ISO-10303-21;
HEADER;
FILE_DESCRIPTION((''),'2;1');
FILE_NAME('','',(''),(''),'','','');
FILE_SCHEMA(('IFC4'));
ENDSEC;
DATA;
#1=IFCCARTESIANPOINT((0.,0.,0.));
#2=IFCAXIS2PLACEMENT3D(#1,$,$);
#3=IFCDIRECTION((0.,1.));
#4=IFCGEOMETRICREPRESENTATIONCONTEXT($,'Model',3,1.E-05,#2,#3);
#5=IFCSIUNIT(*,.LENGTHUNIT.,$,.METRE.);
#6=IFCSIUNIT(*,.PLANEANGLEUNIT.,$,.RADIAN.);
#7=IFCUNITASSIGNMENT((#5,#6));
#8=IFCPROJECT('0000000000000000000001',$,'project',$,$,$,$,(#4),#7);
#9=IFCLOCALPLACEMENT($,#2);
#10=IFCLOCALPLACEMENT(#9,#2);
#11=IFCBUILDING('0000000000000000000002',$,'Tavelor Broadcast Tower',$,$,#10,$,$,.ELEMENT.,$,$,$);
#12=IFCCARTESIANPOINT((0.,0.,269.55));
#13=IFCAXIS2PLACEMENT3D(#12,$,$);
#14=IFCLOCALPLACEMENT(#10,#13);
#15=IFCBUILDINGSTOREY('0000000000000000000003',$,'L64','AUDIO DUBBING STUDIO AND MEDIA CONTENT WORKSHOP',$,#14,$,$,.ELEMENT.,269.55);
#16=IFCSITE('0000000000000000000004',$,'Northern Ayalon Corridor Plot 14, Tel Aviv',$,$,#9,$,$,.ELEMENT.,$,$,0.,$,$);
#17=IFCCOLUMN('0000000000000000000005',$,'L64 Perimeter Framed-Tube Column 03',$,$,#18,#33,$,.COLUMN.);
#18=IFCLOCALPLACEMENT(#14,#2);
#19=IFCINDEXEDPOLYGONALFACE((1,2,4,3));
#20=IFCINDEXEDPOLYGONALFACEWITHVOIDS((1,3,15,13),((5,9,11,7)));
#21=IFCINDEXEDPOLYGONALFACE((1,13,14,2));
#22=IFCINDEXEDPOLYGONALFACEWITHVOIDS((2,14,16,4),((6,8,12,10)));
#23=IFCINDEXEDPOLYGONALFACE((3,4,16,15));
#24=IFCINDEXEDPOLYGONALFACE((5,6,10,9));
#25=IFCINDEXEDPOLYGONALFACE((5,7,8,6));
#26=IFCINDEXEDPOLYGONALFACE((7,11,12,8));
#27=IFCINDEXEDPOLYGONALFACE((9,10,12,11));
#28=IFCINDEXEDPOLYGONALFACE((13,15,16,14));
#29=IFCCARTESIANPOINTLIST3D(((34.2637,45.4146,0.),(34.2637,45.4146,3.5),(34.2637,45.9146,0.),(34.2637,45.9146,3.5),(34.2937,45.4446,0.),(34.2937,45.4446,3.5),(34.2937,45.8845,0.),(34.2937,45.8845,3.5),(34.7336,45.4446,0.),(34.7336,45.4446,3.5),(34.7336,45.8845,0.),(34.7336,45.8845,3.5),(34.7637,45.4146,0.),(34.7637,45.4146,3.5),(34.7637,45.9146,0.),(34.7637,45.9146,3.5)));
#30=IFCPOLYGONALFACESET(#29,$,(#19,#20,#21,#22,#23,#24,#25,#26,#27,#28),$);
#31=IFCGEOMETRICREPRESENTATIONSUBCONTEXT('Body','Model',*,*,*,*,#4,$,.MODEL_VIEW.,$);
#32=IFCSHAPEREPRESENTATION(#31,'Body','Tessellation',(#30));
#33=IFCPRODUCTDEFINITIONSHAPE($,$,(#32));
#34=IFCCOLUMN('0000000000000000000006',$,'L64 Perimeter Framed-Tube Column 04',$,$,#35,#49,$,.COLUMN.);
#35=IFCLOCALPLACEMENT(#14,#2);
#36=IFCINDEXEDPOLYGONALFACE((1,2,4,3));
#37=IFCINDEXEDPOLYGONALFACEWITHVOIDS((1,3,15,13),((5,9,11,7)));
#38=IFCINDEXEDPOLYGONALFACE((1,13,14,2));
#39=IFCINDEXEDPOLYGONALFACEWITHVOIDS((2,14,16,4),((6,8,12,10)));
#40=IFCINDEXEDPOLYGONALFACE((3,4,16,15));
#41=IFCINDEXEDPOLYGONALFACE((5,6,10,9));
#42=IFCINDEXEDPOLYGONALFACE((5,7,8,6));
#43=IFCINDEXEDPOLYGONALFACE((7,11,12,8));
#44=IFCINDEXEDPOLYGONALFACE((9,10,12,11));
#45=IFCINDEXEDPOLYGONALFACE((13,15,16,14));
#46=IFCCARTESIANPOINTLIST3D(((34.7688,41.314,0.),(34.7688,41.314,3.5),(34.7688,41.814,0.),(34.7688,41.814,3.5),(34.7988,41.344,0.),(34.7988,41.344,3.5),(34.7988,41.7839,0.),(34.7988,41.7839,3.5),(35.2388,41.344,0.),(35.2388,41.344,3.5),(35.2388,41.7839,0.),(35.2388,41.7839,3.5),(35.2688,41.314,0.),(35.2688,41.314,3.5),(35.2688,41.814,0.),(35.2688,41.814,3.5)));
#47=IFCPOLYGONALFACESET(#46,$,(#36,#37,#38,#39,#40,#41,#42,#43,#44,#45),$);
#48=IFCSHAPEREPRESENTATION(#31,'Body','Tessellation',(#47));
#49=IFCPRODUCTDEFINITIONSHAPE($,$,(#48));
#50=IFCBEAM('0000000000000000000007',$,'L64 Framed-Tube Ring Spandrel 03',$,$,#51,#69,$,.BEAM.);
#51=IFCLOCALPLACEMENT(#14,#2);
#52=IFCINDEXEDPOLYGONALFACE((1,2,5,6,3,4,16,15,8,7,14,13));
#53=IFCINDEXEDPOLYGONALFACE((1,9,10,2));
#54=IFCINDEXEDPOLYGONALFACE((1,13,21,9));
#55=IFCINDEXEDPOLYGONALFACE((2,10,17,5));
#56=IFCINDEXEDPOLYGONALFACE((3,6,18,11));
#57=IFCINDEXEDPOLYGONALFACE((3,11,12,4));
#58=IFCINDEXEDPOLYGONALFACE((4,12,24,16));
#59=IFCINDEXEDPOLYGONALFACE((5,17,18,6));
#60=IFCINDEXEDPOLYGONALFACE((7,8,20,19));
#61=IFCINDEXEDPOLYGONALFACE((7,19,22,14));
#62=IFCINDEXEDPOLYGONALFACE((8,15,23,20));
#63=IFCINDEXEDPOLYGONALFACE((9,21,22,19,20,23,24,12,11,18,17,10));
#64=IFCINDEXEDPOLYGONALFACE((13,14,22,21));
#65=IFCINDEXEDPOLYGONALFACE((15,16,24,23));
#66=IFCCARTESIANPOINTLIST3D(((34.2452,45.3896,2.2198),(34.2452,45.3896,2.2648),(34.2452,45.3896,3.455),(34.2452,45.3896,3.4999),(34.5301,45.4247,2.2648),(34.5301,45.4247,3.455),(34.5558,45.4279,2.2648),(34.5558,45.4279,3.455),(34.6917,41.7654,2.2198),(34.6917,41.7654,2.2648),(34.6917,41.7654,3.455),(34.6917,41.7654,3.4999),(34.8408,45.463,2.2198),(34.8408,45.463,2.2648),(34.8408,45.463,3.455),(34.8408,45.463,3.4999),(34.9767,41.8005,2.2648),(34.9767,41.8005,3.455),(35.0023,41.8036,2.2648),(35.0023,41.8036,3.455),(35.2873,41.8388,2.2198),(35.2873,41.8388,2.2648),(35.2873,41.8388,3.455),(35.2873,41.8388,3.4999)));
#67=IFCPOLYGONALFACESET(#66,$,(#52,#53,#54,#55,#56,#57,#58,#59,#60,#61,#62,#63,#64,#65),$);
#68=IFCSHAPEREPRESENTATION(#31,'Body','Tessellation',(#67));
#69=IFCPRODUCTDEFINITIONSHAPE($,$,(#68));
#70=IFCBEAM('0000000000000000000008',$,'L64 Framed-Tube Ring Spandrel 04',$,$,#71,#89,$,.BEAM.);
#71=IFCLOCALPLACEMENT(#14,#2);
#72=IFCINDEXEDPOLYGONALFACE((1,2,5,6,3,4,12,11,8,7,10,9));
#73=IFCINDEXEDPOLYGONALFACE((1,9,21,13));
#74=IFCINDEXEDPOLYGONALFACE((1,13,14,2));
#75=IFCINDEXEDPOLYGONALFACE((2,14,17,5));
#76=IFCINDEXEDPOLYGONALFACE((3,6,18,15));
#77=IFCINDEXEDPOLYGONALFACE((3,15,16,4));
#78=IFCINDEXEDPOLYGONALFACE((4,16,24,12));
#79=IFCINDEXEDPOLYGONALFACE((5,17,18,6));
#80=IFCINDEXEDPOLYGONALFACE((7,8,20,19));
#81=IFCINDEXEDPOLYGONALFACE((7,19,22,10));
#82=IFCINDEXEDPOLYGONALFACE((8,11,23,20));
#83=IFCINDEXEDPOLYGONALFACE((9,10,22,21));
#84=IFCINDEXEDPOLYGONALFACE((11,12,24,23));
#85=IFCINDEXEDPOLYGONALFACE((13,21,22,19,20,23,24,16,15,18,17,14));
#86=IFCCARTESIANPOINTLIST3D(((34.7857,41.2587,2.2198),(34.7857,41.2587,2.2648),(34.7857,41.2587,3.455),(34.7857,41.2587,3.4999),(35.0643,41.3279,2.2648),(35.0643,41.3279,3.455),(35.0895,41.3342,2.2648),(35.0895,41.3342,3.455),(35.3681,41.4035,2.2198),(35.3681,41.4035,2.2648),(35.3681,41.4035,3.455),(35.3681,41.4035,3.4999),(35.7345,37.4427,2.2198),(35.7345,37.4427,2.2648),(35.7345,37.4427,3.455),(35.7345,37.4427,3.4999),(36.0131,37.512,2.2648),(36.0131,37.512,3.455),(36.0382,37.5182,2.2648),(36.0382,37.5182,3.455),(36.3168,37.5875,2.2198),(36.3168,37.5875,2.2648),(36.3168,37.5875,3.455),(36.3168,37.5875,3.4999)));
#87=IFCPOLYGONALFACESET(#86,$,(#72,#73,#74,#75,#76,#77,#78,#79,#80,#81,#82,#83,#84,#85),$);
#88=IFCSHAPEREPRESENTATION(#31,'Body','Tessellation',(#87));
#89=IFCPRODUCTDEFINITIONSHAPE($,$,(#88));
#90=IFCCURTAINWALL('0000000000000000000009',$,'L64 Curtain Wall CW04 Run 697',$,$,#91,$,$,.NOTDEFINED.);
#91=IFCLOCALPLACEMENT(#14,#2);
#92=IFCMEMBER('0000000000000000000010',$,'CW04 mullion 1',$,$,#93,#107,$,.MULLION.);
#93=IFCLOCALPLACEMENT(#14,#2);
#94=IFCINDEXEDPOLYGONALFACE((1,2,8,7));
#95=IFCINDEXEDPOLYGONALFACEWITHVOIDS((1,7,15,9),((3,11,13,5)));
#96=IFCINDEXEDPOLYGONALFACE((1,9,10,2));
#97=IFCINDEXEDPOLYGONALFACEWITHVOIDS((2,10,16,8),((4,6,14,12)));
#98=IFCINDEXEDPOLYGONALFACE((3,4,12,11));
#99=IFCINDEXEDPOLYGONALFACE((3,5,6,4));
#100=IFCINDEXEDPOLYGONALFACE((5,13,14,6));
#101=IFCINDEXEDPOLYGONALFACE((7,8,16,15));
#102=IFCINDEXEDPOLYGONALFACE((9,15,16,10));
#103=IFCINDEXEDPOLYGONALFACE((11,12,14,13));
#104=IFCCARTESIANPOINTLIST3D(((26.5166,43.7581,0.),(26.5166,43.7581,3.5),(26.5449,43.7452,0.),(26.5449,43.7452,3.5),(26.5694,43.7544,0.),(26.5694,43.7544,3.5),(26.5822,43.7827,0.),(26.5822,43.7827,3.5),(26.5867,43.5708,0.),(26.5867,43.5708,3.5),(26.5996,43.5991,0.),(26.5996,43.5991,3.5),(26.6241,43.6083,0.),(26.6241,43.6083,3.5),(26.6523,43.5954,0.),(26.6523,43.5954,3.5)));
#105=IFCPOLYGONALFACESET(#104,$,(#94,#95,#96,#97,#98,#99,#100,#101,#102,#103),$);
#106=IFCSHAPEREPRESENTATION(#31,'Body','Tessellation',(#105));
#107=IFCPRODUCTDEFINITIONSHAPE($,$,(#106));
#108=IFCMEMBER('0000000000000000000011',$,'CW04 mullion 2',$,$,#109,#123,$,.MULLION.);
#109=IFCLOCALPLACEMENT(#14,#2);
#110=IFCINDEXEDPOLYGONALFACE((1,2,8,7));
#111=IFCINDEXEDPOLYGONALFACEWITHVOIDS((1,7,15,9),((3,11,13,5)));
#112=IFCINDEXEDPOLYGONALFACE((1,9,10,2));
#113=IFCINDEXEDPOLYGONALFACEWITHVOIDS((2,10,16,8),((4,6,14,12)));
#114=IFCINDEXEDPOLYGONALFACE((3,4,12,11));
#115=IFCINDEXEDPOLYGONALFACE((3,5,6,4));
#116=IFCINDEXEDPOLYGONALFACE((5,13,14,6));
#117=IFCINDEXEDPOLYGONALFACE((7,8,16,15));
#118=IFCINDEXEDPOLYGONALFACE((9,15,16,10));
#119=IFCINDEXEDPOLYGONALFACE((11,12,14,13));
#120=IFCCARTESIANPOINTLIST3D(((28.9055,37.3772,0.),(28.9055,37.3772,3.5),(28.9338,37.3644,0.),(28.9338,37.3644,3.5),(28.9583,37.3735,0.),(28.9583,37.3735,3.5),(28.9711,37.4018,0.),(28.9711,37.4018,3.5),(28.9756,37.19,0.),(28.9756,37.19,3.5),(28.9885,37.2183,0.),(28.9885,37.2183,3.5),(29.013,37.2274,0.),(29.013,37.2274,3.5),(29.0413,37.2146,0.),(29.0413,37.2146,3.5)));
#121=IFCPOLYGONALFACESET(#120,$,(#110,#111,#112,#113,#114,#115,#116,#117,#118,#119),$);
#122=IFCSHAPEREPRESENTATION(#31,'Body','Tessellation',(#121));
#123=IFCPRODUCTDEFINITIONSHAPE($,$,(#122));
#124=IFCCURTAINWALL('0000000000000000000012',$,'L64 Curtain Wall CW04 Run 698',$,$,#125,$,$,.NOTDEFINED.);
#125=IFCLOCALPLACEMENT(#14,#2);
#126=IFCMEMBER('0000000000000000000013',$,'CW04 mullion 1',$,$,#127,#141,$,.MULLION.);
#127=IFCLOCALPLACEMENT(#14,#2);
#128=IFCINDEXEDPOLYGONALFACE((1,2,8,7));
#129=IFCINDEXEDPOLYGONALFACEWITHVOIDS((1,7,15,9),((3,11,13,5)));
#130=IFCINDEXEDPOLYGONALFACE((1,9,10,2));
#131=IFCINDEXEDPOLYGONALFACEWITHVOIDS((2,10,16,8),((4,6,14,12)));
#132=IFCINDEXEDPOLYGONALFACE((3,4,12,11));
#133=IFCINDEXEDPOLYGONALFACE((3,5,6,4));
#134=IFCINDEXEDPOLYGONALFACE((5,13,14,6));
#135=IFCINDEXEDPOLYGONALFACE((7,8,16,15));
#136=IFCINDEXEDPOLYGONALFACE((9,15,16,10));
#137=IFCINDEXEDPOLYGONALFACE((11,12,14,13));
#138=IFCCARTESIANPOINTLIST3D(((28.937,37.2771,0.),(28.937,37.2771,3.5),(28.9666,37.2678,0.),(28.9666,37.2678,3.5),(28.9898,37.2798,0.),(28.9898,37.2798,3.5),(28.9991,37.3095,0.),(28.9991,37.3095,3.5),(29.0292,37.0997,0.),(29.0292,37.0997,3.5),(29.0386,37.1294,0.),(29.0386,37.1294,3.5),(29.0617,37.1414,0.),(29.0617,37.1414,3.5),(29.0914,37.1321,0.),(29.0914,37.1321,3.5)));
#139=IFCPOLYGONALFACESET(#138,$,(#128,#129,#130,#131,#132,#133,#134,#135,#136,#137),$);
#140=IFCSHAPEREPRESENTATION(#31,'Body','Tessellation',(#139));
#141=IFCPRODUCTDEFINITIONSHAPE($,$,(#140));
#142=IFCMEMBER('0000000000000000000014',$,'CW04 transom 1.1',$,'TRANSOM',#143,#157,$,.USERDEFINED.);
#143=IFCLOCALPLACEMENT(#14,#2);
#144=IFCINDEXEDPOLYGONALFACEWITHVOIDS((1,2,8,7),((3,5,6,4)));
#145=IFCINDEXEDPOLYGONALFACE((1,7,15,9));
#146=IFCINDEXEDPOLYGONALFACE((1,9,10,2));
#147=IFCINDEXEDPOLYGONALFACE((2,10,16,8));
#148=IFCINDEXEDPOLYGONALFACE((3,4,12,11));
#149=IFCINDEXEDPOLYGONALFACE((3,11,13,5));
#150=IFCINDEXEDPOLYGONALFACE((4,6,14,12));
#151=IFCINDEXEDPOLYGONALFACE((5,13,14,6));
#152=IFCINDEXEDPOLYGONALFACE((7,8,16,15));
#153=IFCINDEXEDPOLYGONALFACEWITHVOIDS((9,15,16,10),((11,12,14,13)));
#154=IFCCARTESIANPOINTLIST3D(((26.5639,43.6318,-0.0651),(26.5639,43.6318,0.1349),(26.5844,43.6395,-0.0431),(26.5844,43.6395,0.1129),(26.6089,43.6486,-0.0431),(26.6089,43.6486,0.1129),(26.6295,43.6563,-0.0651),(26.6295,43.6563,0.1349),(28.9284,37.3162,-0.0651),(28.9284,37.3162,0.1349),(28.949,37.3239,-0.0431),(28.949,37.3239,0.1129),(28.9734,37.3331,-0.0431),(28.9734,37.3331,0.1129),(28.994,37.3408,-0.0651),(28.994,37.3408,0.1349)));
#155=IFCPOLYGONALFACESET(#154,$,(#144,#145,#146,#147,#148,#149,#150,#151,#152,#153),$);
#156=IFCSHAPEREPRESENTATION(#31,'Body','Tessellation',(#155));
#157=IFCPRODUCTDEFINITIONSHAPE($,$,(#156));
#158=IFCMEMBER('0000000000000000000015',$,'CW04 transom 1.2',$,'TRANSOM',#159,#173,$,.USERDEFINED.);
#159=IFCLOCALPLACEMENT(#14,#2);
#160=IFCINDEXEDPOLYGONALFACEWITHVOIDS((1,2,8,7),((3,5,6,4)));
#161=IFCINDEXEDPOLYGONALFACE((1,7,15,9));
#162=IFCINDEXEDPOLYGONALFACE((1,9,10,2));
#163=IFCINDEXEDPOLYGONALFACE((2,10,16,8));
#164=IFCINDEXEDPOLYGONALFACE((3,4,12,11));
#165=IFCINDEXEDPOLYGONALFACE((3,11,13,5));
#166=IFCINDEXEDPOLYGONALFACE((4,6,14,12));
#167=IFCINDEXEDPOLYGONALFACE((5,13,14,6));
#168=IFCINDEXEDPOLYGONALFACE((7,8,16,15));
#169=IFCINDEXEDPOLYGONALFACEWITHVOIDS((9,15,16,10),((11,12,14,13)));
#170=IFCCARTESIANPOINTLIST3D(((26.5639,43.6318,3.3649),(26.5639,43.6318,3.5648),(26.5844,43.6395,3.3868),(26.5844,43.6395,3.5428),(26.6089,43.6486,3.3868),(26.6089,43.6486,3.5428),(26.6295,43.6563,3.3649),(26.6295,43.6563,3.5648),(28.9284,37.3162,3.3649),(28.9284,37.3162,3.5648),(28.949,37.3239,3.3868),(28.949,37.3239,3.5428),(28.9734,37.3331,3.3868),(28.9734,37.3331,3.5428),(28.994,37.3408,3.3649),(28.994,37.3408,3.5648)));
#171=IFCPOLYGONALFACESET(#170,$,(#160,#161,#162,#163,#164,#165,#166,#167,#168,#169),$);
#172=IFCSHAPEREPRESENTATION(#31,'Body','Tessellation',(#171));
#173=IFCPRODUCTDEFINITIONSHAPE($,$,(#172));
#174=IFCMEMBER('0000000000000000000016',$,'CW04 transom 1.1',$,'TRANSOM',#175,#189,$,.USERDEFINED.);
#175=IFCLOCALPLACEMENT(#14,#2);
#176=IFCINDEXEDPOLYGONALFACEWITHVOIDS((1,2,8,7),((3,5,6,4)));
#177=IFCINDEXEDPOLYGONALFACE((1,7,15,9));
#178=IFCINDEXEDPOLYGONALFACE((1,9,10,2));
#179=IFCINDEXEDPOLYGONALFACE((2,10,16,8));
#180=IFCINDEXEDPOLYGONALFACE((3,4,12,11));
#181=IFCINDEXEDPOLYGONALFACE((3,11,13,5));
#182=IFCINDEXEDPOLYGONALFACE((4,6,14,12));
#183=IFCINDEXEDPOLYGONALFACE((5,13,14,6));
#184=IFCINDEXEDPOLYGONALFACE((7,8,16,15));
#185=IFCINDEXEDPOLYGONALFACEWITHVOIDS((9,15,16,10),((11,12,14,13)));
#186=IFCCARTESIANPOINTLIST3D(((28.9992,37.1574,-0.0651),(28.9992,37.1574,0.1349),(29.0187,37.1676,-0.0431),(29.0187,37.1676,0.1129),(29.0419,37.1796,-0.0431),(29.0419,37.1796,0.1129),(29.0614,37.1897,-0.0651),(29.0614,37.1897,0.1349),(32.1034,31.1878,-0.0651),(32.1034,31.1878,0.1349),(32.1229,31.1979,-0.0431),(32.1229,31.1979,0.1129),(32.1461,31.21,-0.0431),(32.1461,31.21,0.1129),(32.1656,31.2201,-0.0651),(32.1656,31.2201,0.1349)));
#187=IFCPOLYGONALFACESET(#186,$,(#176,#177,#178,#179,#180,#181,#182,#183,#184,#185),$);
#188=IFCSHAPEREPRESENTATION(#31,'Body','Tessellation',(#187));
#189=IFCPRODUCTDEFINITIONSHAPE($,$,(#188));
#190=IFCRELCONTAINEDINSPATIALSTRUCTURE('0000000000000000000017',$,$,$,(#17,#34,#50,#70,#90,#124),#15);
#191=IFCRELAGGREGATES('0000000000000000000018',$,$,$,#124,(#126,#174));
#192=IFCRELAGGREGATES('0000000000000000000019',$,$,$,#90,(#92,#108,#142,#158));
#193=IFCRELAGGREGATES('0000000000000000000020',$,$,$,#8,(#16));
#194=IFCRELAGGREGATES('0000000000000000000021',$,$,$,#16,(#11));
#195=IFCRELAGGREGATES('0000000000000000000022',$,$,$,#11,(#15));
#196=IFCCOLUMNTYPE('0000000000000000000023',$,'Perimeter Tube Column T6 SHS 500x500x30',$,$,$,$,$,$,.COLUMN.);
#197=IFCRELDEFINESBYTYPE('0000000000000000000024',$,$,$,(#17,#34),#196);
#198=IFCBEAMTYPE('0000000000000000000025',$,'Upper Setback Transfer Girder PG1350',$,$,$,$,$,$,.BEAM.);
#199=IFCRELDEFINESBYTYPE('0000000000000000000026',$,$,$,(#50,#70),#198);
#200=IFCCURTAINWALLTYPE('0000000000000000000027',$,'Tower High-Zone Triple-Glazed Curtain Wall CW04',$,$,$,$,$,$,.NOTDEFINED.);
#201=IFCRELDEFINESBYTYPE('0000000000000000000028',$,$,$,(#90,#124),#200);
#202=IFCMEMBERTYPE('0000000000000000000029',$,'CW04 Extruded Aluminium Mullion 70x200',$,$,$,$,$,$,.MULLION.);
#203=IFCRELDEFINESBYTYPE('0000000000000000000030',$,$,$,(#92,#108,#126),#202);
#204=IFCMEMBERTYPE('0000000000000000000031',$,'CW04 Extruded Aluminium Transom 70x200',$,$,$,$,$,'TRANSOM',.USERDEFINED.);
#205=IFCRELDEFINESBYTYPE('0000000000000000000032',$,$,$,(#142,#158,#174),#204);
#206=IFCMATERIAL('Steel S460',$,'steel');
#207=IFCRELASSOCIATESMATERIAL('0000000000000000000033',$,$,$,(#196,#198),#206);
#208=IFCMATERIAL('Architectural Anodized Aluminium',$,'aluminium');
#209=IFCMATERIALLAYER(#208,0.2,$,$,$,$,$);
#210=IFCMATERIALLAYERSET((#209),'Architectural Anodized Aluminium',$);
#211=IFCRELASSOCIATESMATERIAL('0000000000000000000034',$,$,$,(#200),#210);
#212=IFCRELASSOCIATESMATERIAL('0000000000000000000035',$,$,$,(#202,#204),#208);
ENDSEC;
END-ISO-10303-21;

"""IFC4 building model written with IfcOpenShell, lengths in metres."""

from ifc_helpers import new_model, si_unit, direction, frame, origin, origin_2d, place, context, subcontext, project, spatial, hollow_rectangle, i_section, extrude, source, transform, mapped, material, layer, layer_set, material_profile, profile_set, type_object, type_shapes, element, aggregate, save


model = new_model("IFC4")

# Units and contexts
model_context = context("Model", 3, precision=1e-05, world=origin(), true_north=direction((0.0, 1.0)))
body_context = subcontext(model_context, "Body", "Model", "MODEL_VIEW")
ifc_project = project(units=[si_unit("LENGTHUNIT", "METRE"), si_unit("PLANEANGLEUNIT", "RADIAN")], contexts=[model_context])

# Site, building, storey
site_placement = place(None, origin())
site = spatial("IfcSite", under=ifc_project, at=site_placement, Name="Northern Ayalon Corridor Plot 14, Tel Aviv", CompositionType="ELEMENT", RefElevation=0.0)
building_placement = place(site_placement, origin())
building = spatial("IfcBuilding", under=site, at=building_placement, Name="Tavelor Broadcast Tower", CompositionType="ELEMENT")
storey_placement = place(building_placement, frame((0.0, 0.0, 269.55)))
storey = spatial("IfcBuildingStorey", under=building, at=storey_placement, Name="L64", Description="AUDIO DUBBING STUDIO AND MEDIA CONTENT WORKSHOP", CompositionType="ELEMENT", Elevation=269.55)

# Columns
ifc_material_1 = material(Name="Steel S460", Category="steel")
ifc_material_profile_1 = material_profile(ifc_material_1, hollow_rectangle(XDim=0.5, YDim=0.5, WallThickness=0.03, at=origin_2d()), Name="SHS 500x500x30")
ifc_profile_set_1 = profile_set([ifc_material_profile_1], Name="Steel S460")
column_type = type_object("IfcColumnType", Name="Perimeter Tube Column T6 SHS 500x500x30", PredefinedType="COLUMN", material=ifc_profile_set_1)
for number, where, z_axis, x_axis, name in (
    (1, (34.5137, 45.6646, 0.0), (0.0, 0.0, 1.0), (1.0, 0.0, 0.0), "L64 Perimeter Framed-Tube Column 03"),
    (2, (35.0188, 41.564, 0.0), (0.0, 0.0, 1.0), (1.0, 0.0, 0.0), "L64 Perimeter Framed-Tube Column 04"),
):
    element("IfcColumn", number, at=place(storey_placement, frame(where, z_axis=z_axis, x_axis=x_axis)), inside=storey, type_object=column_type, Name=name, PredefinedType="COLUMN", context=body_context, shape_type="SweptSolid", body=[
        extrude(hollow_rectangle(XDim=0.5, YDim=0.5, WallThickness=0.03, at=origin_2d()), origin(), (0.0, 0.0, 1.0), 3.5),
    ])

# Beams
ifc_material_profile_2 = material_profile(ifc_material_1, i_section(OverallWidth=0.6001, OverallDepth=1.28, WebThickness=0.0259, FlangeThickness=0.0449, at=origin_2d()), Name="PG 1280x600")
ifc_profile_set_2 = profile_set([ifc_material_profile_2], Name="Steel S460")
beam_type = type_object("IfcBeamType", Name="Upper Setback Transfer Girder PG1350", PredefinedType="BEAM", material=ifc_profile_set_2)
beam_1_placement = place(storey_placement, frame((34.543, 45.4263, 2.8599), z_axis=(0.122282, -0.992495, 0.0), x_axis=(0.992495, 0.122282, 0.0)))
element("IfcBeam", 3, at=beam_1_placement, inside=storey, type_object=beam_type, Name="L64 Framed-Tube Ring Spandrel 03", PredefinedType="BEAM", context=body_context, shape_type="SweptSolid", body=[
    extrude(i_section(OverallWidth=0.6001, OverallDepth=1.28, WebThickness=0.0259, FlangeThickness=0.0449, at=origin_2d()), origin(), (0.0, 0.0, 1.0), 3.6516),
])
beam_2_placement = place(storey_placement, frame((35.0769, 41.3311, 2.8599), z_axis=(0.241279, -0.970456, 0.0), x_axis=(0.970456, 0.241279, 0.0)))
element("IfcBeam", 4, at=beam_2_placement, inside=storey, type_object=beam_type, Name="L64 Framed-Tube Ring Spandrel 04", PredefinedType="BEAM", context=body_context, shape_type="SweptSolid", body=[
    extrude(i_section(OverallWidth=0.6001, OverallDepth=1.28, WebThickness=0.0259, FlangeThickness=0.0449, at=origin_2d()), origin(), (0.0, 0.0, 1.0), 3.9321),
])

# Curtain wall, members
ifc_material_2 = material(Name="Architectural Anodized Aluminium", Category="aluminium")
ifc_layer_1 = layer(ifc_material_2, 0.2)
ifc_layer_set_1 = layer_set([ifc_layer_1], Name="Architectural Anodized Aluminium")
curtain_wall_type = type_object("IfcCurtainWallType", Name="Tower High-Zone Triple-Glazed Curtain Wall CW04", PredefinedType="NOTDEFINED", material=ifc_layer_set_1)
curtain_wall_1_placement = place(storey_placement, origin())
curtain_wall_1 = element("IfcCurtainWall", 5, at=curtain_wall_1_placement, inside=storey, type_object=curtain_wall_type, Name="L64 Curtain Wall CW04 Run 697", PredefinedType="NOTDEFINED")
ifc_material_profile_3 = material_profile(ifc_material_2, hollow_rectangle(XDim=0.0701, YDim=0.2, WallThickness=0.022, at=origin_2d()), Name="RHS 70x200x22")
ifc_profile_set_3 = profile_set([ifc_material_profile_3], Name="Architectural Anodized Aluminium")
member_type_1 = type_object("IfcMemberType", Name="CW04 Extruded Aluminium Mullion 70x200", PredefinedType="MULLION", material=ifc_profile_set_3)
shared_shape_1 = source(origin(), body_context, "Body", "SweptSolid", [
    extrude(hollow_rectangle(XDim=0.0701, YDim=0.2, WallThickness=0.022, at=origin_2d()), origin(), (0.0, 0.0, 1.0), 3.5),
])
type_shapes(member_type_1, [shared_shape_1])
member_1_placement = place(storey_placement, frame((26.5845, 43.6768, 0.0), z_axis=(0.0, 0.0, 1.0), x_axis=(0.936517, 0.350622, 0.0)))
member_1 = element("IfcMember", 6, at=member_1_placement, type_object=member_type_1, Name="CW04 mullion 1", PredefinedType="MULLION", context=body_context, shape_type="MappedRepresentation", body=[
    mapped(shared_shape_1, transform((0.0, 0.0, 0.0), scale=1.0)),
])
member_2_placement = place(storey_placement, frame((28.9734, 37.2959, 0.0), z_axis=(0.0, 0.0, 1.0), x_axis=(0.936517, 0.350622, 0.0)))
member_2 = element("IfcMember", 7, at=member_2_placement, type_object=member_type_1, Name="CW04 mullion 2", PredefinedType="MULLION", context=body_context, shape_type="MappedRepresentation", body=[
    mapped(shared_shape_1, transform((0.0, 0.0, 0.0), scale=1.0)),
])

# Curtain wall, member
curtain_wall_2_placement = place(storey_placement, origin())
curtain_wall_2 = element("IfcCurtainWall", 8, at=curtain_wall_2_placement, inside=storey, type_object=curtain_wall_type, Name="L64 Curtain Wall CW04 Run 698", PredefinedType="NOTDEFINED")
member_3_placement = place(storey_placement, frame((29.0142, 37.2046, 0.0), z_axis=(0.0, 0.0, 1.0), x_axis=(0.887215, 0.461355, 0.0)))
member_3 = element("IfcMember", 9, at=member_3_placement, type_object=member_type_1, Name="CW04 mullion 1", PredefinedType="MULLION", context=body_context, shape_type="MappedRepresentation", body=[
    mapped(shared_shape_1, transform((0.0, 0.0, 0.0), scale=1.0)),
])

# Members
ifc_material_profile_4 = material_profile(ifc_material_2, hollow_rectangle(XDim=0.0701, YDim=0.2, WallThickness=0.022, at=origin_2d()), Name="RHS 70x200x22")
ifc_profile_set_4 = profile_set([ifc_material_profile_4], Name="Architectural Anodized Aluminium")
member_type_2 = type_object("IfcMemberType", Name="CW04 Extruded Aluminium Transom 70x200", ElementType="TRANSOM", PredefinedType="USERDEFINED", material=ifc_profile_set_4)
shared_shape_2 = source(origin(), body_context, "Body", "SweptSolid", [
    extrude(hollow_rectangle(XDim=0.0701, YDim=0.2, WallThickness=0.022, at=origin_2d()), origin(), (0.0, 0.0, 1.0), 6.7437),
])
member_4_placement = place(storey_placement, frame((26.5967, 43.644, 0.0349), z_axis=(0.350631, -0.936514, 0.0), x_axis=(0.936514, 0.350631, 0.0)))
member_4 = element("IfcMember", 10, at=member_4_placement, type_object=member_type_2, Name="CW04 transom 1.1", ObjectType="TRANSOM", PredefinedType="USERDEFINED", context=body_context, shape_type="MappedRepresentation", body=[
    mapped(shared_shape_2, transform((0.0, 0.0, 0.0), scale=1.0)),
])
member_5_placement = place(storey_placement, frame((26.5967, 43.644, 3.4648), z_axis=(0.350631, -0.936514, 0.0), x_axis=(0.936514, 0.350631, 0.0)))
member_5 = element("IfcMember", 11, at=member_5_placement, type_object=member_type_2, Name="CW04 transom 1.2", ObjectType="TRANSOM", PredefinedType="USERDEFINED", context=body_context, shape_type="MappedRepresentation", body=[
    mapped(shared_shape_2, transform((0.0, 0.0, 0.0), scale=1.0)),
])
shared_shape_3 = source(origin(), body_context, "Body", "SweptSolid", [
    extrude(hollow_rectangle(XDim=0.0701, YDim=0.2, WallThickness=0.022, at=origin_2d()), origin(), (0.0, 0.0, 1.0), 6.7285),
])
type_shapes(member_type_2, [shared_shape_2, shared_shape_3])
member_6_placement = place(storey_placement, frame((29.0303, 37.1736, 0.0349), z_axis=(0.461352, -0.887217, 0.0), x_axis=(0.887217, 0.461352, 0.0)))
member_6 = element("IfcMember", 12, at=member_6_placement, type_object=member_type_2, Name="CW04 transom 1.1", ObjectType="TRANSOM", PredefinedType="USERDEFINED", context=body_context, shape_type="MappedRepresentation", body=[
    mapped(shared_shape_3, transform((0.0, 0.0, 0.0), scale=1.0)),
])
aggregate(curtain_wall_2, [member_3, member_6])

aggregate(curtain_wall_1, [member_1, member_2, member_4, member_5])

save(model, "model.ifc")
